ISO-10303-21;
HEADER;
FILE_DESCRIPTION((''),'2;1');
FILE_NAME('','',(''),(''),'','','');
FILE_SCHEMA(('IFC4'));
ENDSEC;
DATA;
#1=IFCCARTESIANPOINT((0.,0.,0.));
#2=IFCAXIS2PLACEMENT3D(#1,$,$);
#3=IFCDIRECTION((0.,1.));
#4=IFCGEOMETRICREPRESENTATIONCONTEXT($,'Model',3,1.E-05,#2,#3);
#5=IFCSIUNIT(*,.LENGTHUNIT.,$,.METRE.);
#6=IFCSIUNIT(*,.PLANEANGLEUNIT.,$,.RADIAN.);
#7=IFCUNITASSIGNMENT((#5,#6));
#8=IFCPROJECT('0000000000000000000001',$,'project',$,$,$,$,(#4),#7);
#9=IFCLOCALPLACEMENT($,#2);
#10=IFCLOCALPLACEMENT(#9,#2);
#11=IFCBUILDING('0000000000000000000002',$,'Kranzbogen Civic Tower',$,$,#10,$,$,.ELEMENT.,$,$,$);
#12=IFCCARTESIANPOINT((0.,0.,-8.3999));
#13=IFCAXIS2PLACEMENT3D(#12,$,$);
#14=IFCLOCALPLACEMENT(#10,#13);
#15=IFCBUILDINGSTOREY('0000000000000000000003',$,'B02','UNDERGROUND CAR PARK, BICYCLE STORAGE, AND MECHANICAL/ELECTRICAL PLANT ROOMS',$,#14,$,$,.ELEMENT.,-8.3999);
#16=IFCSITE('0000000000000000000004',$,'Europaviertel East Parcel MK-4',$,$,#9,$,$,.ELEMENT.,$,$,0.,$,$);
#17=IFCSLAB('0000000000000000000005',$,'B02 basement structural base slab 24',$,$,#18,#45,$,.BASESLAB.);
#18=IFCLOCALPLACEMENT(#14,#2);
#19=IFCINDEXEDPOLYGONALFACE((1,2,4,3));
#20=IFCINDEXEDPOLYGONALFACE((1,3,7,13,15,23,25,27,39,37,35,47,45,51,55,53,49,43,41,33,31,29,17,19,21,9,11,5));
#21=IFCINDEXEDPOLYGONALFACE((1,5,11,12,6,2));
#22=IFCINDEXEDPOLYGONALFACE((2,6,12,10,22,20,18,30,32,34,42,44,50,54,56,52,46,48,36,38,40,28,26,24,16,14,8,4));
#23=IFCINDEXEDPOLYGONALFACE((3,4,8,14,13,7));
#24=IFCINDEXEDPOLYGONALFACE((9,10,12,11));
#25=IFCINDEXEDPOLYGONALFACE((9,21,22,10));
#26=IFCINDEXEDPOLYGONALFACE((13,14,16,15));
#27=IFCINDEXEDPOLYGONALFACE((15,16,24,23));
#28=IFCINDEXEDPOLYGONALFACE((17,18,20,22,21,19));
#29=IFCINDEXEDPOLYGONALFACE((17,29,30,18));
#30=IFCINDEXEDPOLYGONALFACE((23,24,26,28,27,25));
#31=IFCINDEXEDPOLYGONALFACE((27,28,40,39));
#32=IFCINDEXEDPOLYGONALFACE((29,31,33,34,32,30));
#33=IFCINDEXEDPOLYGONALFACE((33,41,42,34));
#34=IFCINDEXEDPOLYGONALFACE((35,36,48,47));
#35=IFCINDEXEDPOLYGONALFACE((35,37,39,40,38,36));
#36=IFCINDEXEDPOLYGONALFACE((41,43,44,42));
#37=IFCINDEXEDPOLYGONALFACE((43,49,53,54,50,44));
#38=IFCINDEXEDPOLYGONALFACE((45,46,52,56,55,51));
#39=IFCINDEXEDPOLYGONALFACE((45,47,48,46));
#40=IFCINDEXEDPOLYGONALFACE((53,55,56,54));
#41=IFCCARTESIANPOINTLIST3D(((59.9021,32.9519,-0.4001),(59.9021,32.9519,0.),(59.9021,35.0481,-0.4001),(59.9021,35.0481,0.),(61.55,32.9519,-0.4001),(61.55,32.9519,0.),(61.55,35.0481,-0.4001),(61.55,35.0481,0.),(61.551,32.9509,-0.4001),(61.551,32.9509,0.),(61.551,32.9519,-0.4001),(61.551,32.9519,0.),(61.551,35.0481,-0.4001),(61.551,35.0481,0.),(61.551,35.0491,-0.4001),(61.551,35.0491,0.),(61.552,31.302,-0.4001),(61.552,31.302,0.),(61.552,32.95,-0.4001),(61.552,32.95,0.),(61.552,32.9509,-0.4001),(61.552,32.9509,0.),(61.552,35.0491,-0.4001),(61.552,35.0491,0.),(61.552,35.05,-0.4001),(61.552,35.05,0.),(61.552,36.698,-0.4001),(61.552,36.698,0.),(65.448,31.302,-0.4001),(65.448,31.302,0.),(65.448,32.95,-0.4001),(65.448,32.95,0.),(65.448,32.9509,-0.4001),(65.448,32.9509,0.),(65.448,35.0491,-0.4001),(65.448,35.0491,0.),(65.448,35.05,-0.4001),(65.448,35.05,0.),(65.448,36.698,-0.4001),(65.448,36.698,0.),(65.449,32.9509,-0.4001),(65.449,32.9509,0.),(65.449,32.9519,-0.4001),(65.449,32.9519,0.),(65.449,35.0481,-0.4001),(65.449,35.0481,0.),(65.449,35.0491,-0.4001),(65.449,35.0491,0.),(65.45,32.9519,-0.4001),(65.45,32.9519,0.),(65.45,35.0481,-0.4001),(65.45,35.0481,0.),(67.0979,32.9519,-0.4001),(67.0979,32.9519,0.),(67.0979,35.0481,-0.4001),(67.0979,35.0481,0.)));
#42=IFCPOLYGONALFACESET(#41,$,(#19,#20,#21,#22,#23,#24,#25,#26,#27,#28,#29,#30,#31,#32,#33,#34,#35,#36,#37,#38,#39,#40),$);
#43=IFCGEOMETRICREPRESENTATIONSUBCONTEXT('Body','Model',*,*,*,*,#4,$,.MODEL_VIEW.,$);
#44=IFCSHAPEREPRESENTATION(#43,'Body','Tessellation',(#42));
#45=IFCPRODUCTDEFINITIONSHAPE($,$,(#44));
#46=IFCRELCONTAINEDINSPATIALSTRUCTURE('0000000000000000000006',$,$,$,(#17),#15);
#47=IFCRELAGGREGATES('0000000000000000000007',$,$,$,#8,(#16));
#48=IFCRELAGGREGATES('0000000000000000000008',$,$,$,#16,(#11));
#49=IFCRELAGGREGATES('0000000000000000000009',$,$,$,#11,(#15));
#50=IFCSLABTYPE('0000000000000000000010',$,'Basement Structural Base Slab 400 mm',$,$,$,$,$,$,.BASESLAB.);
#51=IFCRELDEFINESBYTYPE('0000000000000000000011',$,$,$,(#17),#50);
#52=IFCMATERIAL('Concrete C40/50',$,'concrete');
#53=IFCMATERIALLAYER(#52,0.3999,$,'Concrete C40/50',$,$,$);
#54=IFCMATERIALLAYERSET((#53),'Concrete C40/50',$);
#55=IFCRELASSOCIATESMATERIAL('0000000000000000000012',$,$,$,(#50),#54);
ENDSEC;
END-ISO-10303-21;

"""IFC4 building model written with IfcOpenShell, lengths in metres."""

from ifc_helpers import new_model, si_unit, direction, frame, origin, place, context, subcontext, project, spatial, polyline, outline, extrude, material, layer, layer_set, type_object, element, save


model = new_model("IFC4")

# Units and contexts
model_context = context("Model", 3, precision=1e-05, world=origin(), true_north=direction((0.0, 1.0)))
body_context = subcontext(model_context, "Body", "Model", "MODEL_VIEW")
ifc_project = project(units=[si_unit("LENGTHUNIT", "METRE"), si_unit("PLANEANGLEUNIT", "RADIAN")], contexts=[model_context])

# Site, building, storey
site_placement = place(None, origin())
site = spatial("IfcSite", under=ifc_project, at=site_placement, Name="Europaviertel East Parcel MK-4", CompositionType="ELEMENT", RefElevation=0.0)
building_placement = place(site_placement, origin())
building = spatial("IfcBuilding", under=site, at=building_placement, Name="Kranzbogen Civic Tower", CompositionType="ELEMENT")
storey_placement = place(building_placement, frame((0.0, 0.0, -8.3999)))
storey = spatial("IfcBuildingStorey", under=building, at=storey_placement, Name="B02", Description="UNDERGROUND CAR PARK, BICYCLE STORAGE, AND MECHANICAL/ELECTRICAL PLANT ROOMS", CompositionType="ELEMENT", Elevation=-8.3999)

# Shared definitions
ifc_material = material(Name="Concrete C40/50", Category="concrete")

# Slab
ifc_layer_1 = layer(ifc_material, 0.3999, Name="Concrete C40/50")
ifc_layer_set_1 = layer_set([ifc_layer_1], Name="Concrete C40/50")
slab_type = type_object("IfcSlabType", Name="Basement Structural Base Slab 400 mm", PredefinedType="BASESLAB", material=ifc_layer_set_1)
slab_1_placement = place(storey_placement, frame((0.0, 0.0, -0.4001)))
element("IfcSlab", 1, at=slab_1_placement, inside=storey, type_object=slab_type, Name="B02 basement structural base slab 24", PredefinedType="BASESLAB", context=body_context, shape_type="SweptSolid", body=[
    extrude(outline(polyline([(61.552, 35.05), (61.552, 35.05), (61.552, 35.05), (61.552, 35.0491), (61.552, 35.0491), (61.552, 35.0491), (61.552, 35.0491), (61.552, 35.0491), (61.551, 35.0491), (61.551, 35.0481), (61.551, 35.0481), (61.551, 35.0481), (61.551, 35.0481), (61.551, 35.0481), (61.55, 35.0481), (61.55, 35.0481), (61.55, 35.0481), (59.9021, 35.0481), (59.9021, 32.9519), (61.55, 32.9519), (61.55, 32.9519), (61.55, 32.9519), (61.551, 32.9519), (61.551, 32.9519), (61.551, 32.9519), (61.551, 32.9519), (61.551, 32.9519), (61.551, 32.9509), (61.552, 32.9509), (61.552, 32.9509), (61.552, 32.9509), (61.552, 32.9509), (61.552, 32.9509), (61.552, 32.95), (61.552, 32.95), (61.552, 32.95), (61.552, 31.302), (65.448, 31.302), (65.448, 32.95), (65.448, 32.95), (65.448, 32.95), (65.448, 32.9509), (65.448, 32.9509), (65.448, 32.9509), (65.448, 32.9509), (65.448, 32.9509), (65.449, 32.9509), (65.449, 32.9519), (65.449, 32.9519), (65.449, 32.9519), (65.449, 32.9519), (65.449, 32.9519), (65.45, 32.9519), (65.45, 32.9519), (65.45, 32.9519), (67.0979, 32.9519), (67.0979, 35.0481), (65.45, 35.0481), (65.45, 35.0481), (65.45, 35.0481), (65.449, 35.0481), (65.449, 35.0481), (65.449, 35.0481), (65.449, 35.0481), (65.449, 35.0481), (65.449, 35.0491), (65.448, 35.0491), (65.448, 35.0491), (65.448, 35.0491), (65.448, 35.0491), (65.448, 35.0491), (65.448, 35.05), (65.448, 35.05), (65.448, 35.05), (65.448, 36.698), (61.552, 36.698), (61.552, 35.05)])), origin(), (0.0, 0.0, 1.0), 0.4001),
])

save(model, "model.ifc")
